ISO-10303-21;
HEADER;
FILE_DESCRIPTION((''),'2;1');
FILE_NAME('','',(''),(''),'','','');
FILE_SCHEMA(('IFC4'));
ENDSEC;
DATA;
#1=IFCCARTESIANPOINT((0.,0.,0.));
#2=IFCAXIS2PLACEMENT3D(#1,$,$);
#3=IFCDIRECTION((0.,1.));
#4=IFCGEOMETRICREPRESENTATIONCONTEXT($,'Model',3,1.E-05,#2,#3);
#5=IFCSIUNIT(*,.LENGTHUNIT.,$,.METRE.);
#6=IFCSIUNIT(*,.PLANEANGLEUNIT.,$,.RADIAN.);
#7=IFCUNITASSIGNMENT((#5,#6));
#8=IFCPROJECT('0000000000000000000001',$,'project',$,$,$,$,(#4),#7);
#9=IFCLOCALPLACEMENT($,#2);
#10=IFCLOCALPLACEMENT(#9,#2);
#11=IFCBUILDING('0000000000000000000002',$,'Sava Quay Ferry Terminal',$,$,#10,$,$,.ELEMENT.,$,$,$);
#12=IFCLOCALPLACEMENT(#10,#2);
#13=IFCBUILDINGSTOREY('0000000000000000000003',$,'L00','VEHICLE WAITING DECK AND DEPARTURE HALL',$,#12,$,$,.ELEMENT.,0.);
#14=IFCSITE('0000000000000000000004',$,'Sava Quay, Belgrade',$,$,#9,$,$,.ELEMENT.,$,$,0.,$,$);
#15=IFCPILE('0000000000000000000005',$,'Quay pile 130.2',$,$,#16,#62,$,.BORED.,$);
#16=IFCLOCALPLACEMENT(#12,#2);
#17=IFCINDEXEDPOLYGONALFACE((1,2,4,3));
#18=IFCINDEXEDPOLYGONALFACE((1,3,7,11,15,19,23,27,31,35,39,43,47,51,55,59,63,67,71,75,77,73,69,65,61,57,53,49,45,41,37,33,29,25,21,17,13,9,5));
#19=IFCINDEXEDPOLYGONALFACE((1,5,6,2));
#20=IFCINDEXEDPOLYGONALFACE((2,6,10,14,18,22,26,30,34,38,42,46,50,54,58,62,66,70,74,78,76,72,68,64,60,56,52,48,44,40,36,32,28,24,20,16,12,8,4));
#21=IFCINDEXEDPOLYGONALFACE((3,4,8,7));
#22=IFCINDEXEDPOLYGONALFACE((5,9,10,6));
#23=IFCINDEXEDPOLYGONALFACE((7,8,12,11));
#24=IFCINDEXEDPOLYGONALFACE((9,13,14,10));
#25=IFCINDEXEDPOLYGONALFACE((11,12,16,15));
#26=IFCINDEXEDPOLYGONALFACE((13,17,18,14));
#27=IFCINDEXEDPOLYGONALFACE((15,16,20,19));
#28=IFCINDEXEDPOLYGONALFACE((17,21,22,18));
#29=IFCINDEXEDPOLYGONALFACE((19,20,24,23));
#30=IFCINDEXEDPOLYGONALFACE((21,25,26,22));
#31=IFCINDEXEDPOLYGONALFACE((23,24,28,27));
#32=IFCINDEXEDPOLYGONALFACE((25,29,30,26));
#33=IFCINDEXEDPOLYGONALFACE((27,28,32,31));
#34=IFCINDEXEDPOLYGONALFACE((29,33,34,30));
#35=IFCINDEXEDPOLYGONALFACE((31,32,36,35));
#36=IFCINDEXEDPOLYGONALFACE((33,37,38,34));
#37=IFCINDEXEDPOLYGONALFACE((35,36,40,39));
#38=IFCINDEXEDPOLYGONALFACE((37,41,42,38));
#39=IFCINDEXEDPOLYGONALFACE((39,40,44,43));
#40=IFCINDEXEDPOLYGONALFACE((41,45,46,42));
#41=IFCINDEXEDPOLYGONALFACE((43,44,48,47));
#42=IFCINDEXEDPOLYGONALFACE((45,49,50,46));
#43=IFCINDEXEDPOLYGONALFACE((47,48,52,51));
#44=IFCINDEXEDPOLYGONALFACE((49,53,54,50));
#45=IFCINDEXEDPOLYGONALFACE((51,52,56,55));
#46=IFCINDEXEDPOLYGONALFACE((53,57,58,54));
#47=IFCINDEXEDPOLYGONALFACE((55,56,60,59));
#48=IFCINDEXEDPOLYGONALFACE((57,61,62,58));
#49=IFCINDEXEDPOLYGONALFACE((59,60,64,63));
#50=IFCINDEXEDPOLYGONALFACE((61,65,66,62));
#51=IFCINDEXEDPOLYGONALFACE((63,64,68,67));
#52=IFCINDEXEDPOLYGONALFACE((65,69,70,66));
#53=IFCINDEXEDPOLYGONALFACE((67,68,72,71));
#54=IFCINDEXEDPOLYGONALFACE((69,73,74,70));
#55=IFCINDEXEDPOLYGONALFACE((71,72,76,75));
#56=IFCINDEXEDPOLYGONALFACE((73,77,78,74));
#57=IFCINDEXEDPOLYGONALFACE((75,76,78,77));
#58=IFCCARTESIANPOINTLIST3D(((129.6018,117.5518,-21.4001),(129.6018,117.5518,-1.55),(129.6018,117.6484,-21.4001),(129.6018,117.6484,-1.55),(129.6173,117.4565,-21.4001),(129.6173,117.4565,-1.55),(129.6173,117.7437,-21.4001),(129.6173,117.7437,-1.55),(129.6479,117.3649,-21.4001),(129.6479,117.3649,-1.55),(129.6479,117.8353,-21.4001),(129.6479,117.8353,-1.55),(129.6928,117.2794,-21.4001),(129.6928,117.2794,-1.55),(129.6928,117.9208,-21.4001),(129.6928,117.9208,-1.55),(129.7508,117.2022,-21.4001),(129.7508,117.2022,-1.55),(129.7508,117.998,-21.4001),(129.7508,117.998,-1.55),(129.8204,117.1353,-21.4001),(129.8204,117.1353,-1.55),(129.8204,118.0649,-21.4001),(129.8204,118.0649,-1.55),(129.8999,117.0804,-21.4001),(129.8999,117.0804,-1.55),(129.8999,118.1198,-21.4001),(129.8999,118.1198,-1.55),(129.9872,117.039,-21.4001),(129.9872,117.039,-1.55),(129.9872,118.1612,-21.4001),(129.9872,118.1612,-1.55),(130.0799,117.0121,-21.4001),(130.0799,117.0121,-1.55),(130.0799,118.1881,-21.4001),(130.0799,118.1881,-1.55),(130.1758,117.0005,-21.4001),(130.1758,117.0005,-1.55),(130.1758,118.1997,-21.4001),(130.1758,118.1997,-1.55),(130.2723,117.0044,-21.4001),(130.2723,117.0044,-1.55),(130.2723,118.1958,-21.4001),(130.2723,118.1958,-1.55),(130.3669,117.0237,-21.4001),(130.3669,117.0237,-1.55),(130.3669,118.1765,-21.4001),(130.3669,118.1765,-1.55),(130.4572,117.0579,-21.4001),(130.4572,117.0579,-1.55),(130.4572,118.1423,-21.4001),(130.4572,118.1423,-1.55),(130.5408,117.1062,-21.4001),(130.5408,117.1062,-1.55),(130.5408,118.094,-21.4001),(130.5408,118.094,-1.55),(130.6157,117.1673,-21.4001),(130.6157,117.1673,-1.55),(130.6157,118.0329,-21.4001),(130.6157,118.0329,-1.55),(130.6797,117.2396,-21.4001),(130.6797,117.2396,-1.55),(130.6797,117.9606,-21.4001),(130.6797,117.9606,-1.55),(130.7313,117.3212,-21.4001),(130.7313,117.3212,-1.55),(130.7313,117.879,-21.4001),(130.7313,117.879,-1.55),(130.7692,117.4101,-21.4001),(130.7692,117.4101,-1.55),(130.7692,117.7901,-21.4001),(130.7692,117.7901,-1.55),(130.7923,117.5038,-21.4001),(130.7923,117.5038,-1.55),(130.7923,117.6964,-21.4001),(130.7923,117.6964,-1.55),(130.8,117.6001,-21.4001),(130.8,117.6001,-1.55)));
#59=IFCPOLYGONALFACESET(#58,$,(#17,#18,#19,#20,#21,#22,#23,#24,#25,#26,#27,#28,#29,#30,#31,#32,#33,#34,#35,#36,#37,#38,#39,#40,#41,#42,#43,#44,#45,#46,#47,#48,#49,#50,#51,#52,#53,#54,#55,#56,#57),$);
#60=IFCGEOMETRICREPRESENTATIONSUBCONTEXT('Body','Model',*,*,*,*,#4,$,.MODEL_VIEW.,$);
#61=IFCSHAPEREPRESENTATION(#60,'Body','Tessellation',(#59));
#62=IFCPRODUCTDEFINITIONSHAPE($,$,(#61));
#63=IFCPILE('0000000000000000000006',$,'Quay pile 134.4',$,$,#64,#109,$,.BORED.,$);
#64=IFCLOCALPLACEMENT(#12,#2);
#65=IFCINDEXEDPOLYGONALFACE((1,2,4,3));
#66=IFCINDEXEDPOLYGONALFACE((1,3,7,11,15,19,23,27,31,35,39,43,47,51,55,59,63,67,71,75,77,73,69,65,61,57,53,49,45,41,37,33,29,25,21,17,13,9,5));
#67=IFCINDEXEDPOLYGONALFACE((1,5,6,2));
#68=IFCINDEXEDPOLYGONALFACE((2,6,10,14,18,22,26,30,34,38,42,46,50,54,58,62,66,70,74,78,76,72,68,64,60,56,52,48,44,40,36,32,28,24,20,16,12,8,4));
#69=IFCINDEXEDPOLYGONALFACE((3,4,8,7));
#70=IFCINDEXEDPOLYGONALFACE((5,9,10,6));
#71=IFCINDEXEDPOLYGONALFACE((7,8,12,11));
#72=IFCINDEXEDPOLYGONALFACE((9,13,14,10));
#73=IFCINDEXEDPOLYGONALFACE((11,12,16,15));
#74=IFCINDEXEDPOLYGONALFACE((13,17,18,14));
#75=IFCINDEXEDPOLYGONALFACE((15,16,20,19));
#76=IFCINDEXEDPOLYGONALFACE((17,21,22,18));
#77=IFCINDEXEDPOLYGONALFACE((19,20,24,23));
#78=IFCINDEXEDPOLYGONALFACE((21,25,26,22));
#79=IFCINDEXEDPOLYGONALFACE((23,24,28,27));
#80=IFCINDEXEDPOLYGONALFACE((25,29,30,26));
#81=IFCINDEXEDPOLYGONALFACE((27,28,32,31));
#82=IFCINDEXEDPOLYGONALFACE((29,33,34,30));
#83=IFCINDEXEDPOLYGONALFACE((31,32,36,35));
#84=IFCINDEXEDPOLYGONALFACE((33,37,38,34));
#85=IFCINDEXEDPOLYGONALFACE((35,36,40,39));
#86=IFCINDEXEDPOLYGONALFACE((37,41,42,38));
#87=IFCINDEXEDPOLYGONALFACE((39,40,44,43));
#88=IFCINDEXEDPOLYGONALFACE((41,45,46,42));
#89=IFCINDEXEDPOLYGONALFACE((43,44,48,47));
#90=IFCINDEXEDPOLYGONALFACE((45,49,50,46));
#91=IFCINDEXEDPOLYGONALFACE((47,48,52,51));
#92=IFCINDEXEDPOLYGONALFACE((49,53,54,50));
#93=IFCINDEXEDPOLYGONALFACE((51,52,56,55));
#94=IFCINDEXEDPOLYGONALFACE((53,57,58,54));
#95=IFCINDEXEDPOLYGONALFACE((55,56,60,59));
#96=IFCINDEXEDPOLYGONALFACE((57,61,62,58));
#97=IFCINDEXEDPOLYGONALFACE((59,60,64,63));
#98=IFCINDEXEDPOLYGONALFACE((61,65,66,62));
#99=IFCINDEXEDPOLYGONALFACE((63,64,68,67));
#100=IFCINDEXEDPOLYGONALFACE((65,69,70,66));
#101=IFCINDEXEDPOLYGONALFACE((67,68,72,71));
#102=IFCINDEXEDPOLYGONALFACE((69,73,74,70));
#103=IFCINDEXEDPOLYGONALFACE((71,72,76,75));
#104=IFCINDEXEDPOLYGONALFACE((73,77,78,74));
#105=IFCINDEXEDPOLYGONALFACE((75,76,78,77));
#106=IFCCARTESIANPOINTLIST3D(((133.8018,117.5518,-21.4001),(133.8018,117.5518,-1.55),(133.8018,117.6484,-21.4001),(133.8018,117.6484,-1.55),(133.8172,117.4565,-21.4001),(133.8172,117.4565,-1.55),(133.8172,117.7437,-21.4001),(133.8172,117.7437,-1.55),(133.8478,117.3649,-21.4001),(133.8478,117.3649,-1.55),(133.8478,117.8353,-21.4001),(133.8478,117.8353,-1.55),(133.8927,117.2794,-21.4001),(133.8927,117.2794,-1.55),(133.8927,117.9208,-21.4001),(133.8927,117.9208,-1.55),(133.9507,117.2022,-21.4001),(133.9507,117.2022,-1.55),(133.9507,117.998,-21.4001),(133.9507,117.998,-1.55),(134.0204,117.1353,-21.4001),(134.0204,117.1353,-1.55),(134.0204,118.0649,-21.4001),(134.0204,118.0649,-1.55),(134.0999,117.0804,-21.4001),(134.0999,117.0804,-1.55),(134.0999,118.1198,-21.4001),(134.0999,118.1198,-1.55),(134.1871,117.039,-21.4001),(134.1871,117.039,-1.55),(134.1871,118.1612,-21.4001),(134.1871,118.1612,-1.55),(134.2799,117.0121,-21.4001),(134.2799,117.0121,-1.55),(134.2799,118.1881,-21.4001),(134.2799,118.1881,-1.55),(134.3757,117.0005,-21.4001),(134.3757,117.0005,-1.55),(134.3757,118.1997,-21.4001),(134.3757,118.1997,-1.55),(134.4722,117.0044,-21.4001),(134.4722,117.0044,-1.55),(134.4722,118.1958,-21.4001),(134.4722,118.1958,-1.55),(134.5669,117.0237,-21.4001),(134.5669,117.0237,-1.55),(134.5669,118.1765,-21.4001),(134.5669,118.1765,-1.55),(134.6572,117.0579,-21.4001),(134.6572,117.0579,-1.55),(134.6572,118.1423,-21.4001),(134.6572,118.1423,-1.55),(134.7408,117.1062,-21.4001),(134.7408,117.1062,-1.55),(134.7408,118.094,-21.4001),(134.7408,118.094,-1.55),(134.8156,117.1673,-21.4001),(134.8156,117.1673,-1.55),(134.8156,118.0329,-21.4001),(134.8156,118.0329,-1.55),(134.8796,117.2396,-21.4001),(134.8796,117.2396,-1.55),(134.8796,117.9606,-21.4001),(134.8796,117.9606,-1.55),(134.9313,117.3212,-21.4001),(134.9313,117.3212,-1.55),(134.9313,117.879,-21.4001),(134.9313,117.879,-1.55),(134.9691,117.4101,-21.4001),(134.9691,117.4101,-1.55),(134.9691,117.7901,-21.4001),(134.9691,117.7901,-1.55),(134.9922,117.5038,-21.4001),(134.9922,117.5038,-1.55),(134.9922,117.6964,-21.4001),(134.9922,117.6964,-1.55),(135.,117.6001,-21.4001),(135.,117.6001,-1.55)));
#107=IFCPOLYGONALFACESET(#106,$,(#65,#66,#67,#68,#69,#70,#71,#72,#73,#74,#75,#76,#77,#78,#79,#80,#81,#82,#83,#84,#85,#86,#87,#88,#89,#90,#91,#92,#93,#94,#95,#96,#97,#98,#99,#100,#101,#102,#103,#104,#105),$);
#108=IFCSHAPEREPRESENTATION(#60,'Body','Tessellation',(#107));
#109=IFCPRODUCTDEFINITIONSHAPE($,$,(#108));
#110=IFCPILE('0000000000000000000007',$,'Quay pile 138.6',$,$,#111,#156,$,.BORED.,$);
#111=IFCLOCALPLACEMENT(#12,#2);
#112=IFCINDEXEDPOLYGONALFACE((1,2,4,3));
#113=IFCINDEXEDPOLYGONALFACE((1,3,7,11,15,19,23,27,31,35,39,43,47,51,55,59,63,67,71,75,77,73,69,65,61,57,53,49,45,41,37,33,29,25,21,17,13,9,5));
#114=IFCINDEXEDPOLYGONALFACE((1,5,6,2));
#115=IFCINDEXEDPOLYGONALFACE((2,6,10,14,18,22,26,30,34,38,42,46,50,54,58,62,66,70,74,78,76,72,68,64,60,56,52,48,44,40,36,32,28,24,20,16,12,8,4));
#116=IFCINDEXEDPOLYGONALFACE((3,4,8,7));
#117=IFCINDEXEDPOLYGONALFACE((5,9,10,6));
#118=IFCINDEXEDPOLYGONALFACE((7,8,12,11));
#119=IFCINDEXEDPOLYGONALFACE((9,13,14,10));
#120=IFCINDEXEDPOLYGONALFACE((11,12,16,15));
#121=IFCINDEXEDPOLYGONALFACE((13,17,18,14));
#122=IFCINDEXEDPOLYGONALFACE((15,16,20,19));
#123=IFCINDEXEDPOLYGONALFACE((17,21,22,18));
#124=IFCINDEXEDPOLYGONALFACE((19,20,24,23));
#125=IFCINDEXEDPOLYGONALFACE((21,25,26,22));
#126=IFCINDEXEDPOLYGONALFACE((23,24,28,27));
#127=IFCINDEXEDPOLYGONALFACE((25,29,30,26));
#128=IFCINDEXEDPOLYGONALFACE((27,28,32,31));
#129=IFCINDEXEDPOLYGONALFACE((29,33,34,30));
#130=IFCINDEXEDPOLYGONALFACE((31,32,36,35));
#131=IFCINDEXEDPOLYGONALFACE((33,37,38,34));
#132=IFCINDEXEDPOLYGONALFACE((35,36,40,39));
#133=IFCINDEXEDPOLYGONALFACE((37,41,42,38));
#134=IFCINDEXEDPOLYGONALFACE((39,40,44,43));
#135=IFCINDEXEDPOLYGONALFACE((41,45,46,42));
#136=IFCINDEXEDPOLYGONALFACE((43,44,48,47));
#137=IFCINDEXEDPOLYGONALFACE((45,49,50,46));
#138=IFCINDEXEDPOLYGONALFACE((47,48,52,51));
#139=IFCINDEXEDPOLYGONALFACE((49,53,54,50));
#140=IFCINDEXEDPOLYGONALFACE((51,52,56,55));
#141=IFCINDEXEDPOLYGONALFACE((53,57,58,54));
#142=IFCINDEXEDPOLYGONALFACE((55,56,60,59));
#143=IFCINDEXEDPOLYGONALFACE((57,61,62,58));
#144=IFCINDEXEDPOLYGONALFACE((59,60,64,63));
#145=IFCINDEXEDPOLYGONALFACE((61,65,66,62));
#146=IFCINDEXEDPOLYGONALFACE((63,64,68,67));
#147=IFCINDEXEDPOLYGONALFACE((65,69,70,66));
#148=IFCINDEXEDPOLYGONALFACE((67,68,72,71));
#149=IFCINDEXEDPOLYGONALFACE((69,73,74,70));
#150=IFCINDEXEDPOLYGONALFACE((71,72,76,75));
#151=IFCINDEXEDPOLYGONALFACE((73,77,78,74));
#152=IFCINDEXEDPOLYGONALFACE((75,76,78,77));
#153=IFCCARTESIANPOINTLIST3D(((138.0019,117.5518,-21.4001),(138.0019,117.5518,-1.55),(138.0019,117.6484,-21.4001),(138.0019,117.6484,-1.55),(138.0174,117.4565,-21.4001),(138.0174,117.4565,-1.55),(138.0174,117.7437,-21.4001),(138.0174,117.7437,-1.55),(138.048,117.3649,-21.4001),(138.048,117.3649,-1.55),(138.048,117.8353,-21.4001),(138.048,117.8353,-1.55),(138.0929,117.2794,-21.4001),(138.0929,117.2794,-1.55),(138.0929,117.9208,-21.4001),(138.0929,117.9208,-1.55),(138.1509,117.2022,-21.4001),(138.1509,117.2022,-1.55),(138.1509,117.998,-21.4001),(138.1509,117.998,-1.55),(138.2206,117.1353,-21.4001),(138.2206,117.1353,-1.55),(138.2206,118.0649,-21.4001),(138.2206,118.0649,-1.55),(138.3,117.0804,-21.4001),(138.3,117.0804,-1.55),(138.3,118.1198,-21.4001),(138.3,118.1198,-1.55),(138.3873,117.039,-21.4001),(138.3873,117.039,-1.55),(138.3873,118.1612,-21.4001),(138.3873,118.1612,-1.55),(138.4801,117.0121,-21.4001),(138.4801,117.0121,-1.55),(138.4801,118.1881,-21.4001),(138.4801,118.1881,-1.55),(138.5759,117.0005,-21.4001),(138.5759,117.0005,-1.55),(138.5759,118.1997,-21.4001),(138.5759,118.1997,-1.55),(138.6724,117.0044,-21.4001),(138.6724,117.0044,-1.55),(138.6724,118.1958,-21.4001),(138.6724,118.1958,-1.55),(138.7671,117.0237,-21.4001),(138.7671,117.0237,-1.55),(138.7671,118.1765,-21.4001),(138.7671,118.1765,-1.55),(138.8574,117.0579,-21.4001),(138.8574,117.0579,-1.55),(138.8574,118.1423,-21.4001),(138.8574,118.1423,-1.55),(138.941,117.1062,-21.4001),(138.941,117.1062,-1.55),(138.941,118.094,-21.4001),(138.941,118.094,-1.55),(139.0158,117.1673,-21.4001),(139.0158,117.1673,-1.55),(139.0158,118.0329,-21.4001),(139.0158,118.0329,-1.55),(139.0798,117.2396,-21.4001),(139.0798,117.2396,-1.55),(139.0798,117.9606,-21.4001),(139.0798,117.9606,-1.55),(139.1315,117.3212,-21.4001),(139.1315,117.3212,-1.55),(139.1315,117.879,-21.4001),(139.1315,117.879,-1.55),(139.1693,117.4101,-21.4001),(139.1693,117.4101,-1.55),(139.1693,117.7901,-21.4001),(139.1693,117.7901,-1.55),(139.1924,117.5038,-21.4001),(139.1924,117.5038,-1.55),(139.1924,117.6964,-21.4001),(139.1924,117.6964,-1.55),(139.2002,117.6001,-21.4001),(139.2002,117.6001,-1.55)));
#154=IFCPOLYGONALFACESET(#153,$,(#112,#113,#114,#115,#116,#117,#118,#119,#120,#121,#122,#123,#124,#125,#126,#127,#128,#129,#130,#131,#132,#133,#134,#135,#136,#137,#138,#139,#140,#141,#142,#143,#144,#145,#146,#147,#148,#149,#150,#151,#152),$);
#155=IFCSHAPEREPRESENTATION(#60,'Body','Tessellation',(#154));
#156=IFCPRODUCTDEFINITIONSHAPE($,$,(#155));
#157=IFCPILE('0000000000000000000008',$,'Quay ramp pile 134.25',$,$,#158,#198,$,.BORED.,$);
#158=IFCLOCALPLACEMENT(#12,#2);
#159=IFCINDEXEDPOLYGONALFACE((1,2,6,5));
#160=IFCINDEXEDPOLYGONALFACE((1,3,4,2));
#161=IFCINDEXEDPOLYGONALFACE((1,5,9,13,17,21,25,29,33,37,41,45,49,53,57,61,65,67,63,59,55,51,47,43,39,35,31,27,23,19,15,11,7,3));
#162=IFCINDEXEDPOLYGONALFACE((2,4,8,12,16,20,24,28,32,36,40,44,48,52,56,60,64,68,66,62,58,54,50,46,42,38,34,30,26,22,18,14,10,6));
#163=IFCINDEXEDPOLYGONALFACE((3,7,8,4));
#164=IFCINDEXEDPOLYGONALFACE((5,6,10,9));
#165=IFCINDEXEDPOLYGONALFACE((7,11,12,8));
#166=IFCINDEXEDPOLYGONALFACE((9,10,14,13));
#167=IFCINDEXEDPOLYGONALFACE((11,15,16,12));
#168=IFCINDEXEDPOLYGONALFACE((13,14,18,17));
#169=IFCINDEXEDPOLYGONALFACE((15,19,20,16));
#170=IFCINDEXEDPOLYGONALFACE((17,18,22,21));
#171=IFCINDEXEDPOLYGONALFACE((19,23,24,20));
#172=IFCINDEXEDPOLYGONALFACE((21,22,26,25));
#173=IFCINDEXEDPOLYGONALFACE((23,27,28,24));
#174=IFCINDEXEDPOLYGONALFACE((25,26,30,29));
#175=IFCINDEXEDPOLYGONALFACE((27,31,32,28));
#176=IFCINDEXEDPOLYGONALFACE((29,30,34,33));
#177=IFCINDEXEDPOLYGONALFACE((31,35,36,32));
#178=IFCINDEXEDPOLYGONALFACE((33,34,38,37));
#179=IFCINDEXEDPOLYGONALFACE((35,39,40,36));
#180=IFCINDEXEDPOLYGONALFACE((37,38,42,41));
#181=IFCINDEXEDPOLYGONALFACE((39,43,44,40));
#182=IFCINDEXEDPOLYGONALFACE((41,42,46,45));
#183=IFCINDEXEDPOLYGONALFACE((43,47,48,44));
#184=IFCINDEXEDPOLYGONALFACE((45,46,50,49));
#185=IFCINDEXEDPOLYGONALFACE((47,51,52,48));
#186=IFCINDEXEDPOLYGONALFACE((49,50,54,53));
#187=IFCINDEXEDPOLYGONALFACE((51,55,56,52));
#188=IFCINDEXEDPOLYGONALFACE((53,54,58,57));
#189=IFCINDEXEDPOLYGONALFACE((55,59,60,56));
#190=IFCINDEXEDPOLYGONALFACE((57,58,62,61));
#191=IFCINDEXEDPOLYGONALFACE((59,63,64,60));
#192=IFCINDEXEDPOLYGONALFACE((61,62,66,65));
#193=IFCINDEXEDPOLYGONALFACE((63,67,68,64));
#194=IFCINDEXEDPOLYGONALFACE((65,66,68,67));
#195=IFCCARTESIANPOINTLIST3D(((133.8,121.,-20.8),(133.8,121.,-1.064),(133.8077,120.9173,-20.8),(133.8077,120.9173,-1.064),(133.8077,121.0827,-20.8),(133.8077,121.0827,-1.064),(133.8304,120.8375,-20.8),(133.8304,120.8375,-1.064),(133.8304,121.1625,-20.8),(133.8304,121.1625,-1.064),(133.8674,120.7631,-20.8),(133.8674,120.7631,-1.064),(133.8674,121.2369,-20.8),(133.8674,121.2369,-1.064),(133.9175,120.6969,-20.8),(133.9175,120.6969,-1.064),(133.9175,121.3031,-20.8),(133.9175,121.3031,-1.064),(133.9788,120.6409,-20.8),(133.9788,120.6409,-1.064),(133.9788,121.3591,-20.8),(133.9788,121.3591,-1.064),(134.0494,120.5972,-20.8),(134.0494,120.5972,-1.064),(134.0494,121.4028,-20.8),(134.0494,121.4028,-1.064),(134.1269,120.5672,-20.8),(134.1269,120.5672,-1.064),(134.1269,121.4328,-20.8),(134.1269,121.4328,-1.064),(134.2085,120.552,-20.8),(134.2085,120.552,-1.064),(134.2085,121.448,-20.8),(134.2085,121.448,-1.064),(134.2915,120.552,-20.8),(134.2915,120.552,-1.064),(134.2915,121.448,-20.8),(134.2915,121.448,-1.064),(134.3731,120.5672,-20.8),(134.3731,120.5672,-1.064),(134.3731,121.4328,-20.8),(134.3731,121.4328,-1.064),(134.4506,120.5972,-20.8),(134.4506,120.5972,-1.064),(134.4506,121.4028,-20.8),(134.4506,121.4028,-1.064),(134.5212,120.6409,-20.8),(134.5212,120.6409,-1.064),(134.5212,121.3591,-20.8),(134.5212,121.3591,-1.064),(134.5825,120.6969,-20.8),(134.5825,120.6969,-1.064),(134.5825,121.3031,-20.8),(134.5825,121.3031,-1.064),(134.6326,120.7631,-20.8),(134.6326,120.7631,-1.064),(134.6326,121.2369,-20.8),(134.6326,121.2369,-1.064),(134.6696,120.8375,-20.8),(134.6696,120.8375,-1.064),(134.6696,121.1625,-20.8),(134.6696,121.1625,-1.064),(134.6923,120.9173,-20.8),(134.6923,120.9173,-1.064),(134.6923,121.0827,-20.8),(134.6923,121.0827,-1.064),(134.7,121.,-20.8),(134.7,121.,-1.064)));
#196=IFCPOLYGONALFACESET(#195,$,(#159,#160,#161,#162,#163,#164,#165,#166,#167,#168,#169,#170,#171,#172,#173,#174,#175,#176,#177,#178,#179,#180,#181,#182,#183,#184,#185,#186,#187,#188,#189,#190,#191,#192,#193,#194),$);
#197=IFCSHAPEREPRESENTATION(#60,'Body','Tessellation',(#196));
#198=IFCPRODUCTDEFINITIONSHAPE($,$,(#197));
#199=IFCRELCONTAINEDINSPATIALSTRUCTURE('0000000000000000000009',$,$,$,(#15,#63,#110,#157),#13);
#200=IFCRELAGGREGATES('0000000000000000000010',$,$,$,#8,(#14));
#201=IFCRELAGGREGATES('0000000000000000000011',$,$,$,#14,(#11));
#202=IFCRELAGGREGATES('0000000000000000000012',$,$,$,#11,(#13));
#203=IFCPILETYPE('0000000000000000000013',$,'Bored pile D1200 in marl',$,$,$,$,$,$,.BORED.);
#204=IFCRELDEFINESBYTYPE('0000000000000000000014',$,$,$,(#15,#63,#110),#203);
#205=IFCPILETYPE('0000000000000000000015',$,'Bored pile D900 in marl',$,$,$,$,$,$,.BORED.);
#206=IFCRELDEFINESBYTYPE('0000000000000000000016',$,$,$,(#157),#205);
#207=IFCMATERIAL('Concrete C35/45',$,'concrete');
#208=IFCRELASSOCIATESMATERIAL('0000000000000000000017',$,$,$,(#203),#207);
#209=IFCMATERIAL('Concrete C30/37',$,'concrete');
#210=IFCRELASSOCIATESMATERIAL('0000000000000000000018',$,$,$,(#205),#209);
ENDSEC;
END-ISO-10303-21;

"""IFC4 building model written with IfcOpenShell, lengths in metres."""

from ifc_helpers import new_model, si_unit, direction, frame, origin, origin_2d, place, context, subcontext, project, spatial, circle, extrude, material, material_profile, profile_set, type_object, element, save


model = new_model("IFC4")

# Units and contexts
model_context = context("Model", 3, precision=1e-05, world=origin(), true_north=direction((0.0, 1.0)))
body_context = subcontext(model_context, "Body", "Model", "MODEL_VIEW")
ifc_project = project(units=[si_unit("LENGTHUNIT", "METRE"), si_unit("PLANEANGLEUNIT", "RADIAN")], contexts=[model_context])

# Site, building, storey
site_placement = place(None, origin())
site = spatial("IfcSite", under=ifc_project, at=site_placement, Name="Sava Quay, Belgrade", CompositionType="ELEMENT", RefElevation=0.0)
building_placement = place(site_placement, origin())
building = spatial("IfcBuilding", under=site, at=building_placement, Name="Sava Quay Ferry Terminal", CompositionType="ELEMENT")
storey_placement = place(building_placement, origin())
storey = spatial("IfcBuildingStorey", under=building, at=storey_placement, Name="L00", Description="VEHICLE WAITING DECK AND DEPARTURE HALL", CompositionType="ELEMENT", Elevation=0.0)

# Piles
ifc_material_1 = material(Name="Concrete C35/45", Category="concrete")
ifc_material_profile_1 = material_profile(ifc_material_1, circle(Radius=0.6001, at=origin_2d()), Name="Bored pile D1200 in marl")
ifc_profile_set_1 = profile_set([ifc_material_profile_1], Name="Concrete C35/45")
pile_type_1 = type_object("IfcPileType", Name="Bored pile D1200 in marl", PredefinedType="BORED", material=ifc_profile_set_1)
for number, where, z_axis, x_axis, name in (
    (1, (130.2, 117.6001, -1.55), (0.0, 0.0, -1.0), (1.0, 0.0, 0.0), "Quay pile 130.2"),
    (2, (134.3999, 117.6001, -1.55), (0.0, 0.0, -1.0), (1.0, 0.0, 0.0), "Quay pile 134.4"),
    (3, (138.6001, 117.6001, -1.55), (0.0, 0.0, -1.0), (1.0, 0.0, 0.0), "Quay pile 138.6"),
):
    element("IfcPile", number, at=place(storey_placement, frame(where, z_axis=z_axis, x_axis=x_axis)), inside=storey, type_object=pile_type_1, Name=name, PredefinedType="BORED", context=body_context, shape_type="SweptSolid", body=[
        extrude(circle(Radius=0.6001, at=origin_2d()), origin(), (0.0, 0.0, 1.0), 19.8501),
    ])
ifc_material_2 = material(Name="Concrete C30/37", Category="concrete")
ifc_material_profile_2 = material_profile(ifc_material_2, circle(Radius=0.45, at=origin_2d()), Name="Bored pile D900 in marl")
ifc_profile_set_2 = profile_set([ifc_material_profile_2], Name="Concrete C30/37")
pile_type_2 = type_object("IfcPileType", Name="Bored pile D900 in marl", PredefinedType="BORED", material=ifc_profile_set_2)
pile_1_placement = place(storey_placement, frame((134.25, 121.0, -1.064), z_axis=(0.0, 0.0, -1.0), x_axis=(1.0, 0.0, 0.0)))
element("IfcPile", 4, at=pile_1_placement, inside=storey, type_object=pile_type_2, Name="Quay ramp pile 134.25", PredefinedType="BORED", context=body_context, shape_type="SweptSolid", body=[
    extrude(circle(Radius=0.45, at=origin_2d()), origin(), (0.0, 0.0, 1.0), 19.7361),
])

save(model, "model.ifc")
